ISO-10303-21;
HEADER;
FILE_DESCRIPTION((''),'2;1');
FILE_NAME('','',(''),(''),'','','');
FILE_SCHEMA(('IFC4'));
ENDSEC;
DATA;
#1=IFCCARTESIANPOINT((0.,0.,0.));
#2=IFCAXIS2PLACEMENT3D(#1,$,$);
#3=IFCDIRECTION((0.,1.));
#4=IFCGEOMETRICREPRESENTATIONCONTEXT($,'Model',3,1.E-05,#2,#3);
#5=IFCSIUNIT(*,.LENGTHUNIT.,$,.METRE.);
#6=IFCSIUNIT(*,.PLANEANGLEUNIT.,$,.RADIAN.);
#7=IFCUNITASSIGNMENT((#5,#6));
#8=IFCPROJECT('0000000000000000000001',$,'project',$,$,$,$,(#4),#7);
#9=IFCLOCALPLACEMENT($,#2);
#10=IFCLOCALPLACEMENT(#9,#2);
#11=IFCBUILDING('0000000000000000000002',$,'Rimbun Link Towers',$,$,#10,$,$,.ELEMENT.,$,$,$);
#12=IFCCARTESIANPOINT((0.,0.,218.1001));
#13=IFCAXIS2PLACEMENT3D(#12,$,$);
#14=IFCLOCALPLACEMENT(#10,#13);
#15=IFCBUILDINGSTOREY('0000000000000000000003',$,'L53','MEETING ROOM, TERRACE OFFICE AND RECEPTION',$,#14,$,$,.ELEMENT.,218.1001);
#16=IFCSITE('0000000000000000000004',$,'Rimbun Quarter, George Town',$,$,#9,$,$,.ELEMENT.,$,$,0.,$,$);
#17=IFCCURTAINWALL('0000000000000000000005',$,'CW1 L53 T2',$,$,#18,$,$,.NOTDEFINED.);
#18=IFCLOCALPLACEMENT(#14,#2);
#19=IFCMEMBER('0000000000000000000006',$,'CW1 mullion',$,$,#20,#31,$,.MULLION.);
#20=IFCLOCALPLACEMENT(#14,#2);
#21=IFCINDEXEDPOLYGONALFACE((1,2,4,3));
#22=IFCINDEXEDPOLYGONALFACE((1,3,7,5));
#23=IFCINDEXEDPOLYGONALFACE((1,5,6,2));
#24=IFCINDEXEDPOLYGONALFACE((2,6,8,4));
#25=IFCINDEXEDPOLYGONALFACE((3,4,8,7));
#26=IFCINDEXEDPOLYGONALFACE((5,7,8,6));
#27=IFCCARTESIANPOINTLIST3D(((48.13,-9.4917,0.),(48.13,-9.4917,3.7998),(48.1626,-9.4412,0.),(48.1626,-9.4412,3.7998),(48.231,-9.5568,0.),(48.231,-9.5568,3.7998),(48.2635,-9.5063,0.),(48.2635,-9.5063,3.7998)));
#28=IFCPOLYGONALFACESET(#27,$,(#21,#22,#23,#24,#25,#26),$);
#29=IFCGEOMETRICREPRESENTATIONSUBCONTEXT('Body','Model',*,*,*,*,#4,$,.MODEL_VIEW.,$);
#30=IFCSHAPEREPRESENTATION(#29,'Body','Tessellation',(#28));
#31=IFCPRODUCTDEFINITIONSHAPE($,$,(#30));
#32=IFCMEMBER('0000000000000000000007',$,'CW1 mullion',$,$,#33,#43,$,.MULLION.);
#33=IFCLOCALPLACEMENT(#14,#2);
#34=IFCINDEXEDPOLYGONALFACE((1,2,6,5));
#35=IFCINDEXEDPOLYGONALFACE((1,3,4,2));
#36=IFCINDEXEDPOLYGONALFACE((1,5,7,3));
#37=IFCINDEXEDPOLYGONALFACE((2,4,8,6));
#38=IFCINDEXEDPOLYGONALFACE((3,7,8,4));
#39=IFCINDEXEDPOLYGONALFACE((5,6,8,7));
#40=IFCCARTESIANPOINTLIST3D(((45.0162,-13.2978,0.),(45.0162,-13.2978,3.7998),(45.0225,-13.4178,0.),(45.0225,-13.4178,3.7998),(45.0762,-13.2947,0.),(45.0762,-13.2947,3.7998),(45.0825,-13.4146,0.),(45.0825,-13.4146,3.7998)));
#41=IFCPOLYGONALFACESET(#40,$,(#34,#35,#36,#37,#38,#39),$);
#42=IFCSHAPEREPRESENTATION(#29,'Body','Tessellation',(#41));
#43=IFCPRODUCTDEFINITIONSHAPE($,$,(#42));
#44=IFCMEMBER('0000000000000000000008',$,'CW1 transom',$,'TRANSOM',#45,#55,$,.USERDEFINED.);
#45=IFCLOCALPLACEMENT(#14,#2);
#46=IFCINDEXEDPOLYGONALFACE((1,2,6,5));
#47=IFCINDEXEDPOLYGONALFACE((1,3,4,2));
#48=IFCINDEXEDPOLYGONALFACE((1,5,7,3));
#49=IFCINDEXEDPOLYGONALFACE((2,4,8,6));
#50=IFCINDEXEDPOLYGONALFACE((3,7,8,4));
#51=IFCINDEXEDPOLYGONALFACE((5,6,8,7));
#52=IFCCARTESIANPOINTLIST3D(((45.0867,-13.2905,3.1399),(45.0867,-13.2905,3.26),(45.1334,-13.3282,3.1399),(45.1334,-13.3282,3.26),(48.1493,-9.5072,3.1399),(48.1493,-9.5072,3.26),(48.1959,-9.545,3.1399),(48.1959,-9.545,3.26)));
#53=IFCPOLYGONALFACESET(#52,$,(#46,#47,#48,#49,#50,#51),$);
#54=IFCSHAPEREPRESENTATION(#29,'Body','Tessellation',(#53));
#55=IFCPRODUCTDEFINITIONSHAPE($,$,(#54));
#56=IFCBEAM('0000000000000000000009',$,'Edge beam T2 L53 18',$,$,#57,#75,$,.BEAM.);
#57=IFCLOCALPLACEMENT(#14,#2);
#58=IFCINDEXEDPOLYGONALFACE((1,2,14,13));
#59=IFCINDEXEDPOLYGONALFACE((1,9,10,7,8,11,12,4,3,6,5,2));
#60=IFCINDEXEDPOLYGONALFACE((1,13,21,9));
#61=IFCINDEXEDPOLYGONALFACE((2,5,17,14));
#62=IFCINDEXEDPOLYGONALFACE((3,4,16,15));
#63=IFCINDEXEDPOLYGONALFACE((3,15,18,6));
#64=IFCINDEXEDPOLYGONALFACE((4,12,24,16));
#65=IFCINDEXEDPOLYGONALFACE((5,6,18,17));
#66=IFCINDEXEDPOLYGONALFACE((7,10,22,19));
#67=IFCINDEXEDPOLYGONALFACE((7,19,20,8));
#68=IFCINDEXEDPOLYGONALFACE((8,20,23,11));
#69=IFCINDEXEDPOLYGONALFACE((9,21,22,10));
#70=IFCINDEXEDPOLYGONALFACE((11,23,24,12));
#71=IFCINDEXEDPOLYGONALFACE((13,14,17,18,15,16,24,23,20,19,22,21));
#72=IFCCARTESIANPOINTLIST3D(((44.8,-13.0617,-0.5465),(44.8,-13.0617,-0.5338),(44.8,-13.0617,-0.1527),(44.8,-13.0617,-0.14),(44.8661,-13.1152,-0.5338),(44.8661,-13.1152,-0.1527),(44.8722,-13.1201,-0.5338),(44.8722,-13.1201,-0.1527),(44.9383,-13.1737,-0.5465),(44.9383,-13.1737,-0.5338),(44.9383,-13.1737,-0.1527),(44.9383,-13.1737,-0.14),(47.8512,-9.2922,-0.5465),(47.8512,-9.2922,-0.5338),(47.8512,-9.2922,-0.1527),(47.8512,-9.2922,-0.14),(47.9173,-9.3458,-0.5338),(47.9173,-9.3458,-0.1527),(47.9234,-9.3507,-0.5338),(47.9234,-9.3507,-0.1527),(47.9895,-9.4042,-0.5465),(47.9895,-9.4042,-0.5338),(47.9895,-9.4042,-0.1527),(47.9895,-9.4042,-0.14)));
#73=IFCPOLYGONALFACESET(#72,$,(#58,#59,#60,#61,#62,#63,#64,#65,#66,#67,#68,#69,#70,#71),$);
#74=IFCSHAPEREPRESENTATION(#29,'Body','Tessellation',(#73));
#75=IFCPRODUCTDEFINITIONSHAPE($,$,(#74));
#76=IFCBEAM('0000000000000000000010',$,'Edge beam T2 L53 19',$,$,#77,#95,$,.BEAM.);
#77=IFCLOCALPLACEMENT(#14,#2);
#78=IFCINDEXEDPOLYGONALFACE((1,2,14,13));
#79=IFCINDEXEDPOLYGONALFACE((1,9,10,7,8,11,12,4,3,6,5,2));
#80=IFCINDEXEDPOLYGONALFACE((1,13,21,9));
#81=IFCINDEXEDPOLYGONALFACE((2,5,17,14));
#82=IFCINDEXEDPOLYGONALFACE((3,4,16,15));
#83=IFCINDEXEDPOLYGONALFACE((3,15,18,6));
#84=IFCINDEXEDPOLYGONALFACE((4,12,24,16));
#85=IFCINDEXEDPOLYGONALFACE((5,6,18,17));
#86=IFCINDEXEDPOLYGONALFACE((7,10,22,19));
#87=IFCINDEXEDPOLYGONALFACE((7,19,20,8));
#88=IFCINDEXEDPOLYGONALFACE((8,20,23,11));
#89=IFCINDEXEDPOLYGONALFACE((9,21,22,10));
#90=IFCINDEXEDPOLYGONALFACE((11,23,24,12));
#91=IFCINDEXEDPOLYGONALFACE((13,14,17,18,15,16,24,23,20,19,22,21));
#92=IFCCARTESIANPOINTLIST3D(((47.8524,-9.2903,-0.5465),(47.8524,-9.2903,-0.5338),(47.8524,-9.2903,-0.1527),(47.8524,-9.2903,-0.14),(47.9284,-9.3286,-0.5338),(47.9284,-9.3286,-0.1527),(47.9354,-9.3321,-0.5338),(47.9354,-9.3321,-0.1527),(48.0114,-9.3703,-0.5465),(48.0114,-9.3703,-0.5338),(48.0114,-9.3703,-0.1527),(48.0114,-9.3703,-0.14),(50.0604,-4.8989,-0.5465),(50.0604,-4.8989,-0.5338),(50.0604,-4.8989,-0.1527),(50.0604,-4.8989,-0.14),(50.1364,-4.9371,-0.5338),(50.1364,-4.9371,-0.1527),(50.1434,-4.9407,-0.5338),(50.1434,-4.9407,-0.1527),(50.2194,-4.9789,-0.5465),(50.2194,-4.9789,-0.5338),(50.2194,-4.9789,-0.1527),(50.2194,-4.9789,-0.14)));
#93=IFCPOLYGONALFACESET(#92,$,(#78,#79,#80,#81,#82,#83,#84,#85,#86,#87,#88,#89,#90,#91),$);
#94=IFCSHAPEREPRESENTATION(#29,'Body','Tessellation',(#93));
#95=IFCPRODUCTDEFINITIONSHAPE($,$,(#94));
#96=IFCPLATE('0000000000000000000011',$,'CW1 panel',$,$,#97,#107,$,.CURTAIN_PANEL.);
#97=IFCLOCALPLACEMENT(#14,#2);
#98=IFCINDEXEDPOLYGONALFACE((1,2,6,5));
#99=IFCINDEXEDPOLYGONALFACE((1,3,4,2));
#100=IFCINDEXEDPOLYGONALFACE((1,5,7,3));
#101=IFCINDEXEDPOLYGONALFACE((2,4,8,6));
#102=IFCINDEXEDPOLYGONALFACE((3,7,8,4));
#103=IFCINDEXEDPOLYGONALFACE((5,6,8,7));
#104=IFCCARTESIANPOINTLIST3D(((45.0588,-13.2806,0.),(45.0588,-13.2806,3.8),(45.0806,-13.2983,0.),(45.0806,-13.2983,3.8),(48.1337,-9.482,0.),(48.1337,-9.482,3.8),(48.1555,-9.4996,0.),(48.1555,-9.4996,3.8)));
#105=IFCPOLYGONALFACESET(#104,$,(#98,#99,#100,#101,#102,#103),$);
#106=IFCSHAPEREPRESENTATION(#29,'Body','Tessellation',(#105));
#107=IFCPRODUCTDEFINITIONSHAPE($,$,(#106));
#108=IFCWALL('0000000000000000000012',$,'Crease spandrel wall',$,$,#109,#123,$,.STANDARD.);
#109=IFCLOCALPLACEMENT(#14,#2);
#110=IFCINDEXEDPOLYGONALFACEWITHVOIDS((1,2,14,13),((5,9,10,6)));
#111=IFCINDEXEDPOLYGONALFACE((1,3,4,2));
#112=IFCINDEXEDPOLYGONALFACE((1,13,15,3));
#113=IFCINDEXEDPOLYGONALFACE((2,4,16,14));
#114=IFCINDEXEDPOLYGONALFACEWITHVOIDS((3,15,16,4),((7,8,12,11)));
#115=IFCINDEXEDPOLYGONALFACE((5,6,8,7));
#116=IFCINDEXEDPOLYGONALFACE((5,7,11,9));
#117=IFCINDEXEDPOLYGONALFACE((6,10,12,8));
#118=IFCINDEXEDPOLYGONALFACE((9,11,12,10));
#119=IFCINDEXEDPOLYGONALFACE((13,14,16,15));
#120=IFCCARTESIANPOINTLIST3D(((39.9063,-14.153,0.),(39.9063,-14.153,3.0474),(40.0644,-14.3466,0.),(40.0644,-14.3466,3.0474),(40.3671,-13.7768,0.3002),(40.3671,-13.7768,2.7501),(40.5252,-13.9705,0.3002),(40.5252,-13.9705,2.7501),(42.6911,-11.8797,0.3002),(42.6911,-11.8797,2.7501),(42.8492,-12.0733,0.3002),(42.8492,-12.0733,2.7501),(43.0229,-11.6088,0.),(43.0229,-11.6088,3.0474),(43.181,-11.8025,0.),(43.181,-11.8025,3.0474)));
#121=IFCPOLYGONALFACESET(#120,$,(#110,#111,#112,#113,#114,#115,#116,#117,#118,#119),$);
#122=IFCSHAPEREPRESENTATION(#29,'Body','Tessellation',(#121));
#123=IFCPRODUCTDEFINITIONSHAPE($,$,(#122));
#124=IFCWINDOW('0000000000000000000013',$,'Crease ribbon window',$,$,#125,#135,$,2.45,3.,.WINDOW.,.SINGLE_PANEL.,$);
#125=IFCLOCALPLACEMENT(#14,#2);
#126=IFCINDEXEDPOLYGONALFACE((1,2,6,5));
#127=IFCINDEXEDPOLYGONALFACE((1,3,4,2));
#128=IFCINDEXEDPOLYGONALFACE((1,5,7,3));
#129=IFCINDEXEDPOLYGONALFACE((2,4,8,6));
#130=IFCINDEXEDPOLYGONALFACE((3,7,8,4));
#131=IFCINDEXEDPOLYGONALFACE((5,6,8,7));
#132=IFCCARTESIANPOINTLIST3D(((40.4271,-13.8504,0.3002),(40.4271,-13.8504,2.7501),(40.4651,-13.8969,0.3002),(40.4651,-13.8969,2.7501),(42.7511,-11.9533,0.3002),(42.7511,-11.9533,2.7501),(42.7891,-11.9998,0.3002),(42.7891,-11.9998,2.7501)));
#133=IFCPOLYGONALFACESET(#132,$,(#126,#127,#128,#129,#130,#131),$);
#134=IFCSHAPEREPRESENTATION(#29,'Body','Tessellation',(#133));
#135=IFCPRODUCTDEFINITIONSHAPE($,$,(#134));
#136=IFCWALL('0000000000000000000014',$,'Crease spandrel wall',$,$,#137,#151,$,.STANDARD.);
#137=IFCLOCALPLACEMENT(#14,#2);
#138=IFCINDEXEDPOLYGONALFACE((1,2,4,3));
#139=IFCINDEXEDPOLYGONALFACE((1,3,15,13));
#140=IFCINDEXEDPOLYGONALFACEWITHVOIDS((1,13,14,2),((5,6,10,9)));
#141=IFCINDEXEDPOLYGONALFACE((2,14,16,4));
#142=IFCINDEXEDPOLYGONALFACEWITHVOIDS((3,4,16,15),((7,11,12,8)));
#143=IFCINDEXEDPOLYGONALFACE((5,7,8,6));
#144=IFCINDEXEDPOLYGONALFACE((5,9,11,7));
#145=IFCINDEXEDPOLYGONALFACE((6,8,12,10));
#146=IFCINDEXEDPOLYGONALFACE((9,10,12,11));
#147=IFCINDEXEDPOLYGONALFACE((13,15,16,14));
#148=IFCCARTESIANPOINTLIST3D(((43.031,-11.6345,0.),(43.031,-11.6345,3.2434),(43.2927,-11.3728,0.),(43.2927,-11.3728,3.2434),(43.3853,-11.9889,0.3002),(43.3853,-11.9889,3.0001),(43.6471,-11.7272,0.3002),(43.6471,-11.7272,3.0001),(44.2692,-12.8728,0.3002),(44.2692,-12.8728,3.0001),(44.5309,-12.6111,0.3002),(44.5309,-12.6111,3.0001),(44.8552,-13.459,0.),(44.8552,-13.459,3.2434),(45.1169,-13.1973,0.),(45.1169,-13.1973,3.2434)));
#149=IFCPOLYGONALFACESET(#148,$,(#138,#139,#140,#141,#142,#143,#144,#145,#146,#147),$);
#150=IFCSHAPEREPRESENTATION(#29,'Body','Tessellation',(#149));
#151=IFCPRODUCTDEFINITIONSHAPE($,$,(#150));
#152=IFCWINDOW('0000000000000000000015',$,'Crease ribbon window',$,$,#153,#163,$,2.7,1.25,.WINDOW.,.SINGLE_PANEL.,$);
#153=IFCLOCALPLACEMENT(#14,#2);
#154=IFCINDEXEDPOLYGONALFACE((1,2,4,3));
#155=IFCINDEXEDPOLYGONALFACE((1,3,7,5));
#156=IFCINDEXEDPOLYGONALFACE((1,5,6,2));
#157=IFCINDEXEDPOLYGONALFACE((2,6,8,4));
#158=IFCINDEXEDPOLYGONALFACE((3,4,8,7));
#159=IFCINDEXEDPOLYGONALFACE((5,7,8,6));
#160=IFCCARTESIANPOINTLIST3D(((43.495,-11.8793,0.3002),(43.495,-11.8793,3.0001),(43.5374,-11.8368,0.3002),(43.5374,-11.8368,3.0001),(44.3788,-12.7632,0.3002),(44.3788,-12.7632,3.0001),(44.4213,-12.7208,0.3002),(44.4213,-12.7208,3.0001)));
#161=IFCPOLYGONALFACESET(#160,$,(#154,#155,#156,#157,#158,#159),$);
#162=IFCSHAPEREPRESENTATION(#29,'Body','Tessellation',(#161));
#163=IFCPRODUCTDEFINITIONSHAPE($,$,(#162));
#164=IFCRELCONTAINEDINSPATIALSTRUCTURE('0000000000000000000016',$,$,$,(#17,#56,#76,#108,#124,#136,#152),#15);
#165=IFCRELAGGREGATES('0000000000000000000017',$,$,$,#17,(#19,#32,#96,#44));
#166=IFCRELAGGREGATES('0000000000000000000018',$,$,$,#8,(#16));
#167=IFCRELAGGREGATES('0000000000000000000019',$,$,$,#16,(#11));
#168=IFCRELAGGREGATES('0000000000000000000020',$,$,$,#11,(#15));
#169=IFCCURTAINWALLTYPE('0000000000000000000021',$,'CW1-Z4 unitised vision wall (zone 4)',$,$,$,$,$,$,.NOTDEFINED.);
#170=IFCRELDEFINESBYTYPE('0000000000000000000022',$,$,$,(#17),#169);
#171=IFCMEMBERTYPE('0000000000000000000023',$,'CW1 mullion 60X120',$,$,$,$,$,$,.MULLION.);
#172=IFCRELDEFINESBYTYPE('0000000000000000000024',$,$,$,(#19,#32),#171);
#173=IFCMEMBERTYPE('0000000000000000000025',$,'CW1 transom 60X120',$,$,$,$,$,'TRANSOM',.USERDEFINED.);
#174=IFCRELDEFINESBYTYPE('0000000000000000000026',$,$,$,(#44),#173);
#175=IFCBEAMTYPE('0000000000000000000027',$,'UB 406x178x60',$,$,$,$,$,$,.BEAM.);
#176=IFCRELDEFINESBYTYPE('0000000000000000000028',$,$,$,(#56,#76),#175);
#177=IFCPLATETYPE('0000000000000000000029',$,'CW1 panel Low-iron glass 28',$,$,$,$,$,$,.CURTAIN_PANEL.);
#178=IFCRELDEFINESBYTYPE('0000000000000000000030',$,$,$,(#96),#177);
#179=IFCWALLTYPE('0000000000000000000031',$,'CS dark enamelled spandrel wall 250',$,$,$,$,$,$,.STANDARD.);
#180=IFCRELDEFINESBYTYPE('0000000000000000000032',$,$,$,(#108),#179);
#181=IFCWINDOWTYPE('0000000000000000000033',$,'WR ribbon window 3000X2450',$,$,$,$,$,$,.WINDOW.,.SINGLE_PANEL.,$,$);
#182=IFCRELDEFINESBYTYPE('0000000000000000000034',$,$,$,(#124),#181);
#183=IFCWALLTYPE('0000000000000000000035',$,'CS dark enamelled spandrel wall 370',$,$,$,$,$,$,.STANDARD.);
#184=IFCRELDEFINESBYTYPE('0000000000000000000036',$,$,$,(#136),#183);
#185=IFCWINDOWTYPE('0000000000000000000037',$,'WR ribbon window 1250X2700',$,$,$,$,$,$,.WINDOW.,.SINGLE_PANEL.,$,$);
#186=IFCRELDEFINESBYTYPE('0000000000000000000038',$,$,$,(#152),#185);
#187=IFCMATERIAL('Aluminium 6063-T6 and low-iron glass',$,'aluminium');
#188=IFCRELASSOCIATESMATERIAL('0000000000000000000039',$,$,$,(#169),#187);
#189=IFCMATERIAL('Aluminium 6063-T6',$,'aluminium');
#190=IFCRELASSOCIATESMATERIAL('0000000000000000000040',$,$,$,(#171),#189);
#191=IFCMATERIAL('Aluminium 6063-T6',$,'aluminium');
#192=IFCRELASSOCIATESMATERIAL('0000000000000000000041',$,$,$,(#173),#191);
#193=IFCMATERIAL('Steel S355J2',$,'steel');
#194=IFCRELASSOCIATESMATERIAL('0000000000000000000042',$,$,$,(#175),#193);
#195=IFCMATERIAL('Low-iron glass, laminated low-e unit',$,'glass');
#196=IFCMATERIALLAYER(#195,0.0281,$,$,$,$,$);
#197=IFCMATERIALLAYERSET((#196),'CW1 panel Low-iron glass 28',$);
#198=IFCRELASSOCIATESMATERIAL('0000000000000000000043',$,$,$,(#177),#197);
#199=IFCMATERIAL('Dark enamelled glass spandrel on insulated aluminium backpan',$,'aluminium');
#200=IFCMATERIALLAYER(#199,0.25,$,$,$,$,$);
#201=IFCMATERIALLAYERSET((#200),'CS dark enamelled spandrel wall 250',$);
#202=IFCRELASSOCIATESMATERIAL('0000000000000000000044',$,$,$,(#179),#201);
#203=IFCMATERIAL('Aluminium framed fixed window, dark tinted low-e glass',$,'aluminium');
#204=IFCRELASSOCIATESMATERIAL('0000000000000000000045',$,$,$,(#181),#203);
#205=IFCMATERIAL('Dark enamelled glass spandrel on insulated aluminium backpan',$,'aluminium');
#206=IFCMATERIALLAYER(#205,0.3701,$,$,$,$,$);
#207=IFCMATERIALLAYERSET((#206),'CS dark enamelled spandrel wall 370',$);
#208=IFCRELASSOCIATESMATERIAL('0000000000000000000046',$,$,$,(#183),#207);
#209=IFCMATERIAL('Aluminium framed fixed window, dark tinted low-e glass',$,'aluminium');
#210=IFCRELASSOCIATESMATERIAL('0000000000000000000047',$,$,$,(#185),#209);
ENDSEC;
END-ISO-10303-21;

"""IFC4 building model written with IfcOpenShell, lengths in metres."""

from ifc_helpers import new_model, si_unit, direction, frame, frame_2d, origin, origin_2d, place, context, subcontext, project, spatial, rectangle, i_section, extrude, material, layer, layer_set, material_profile, profile_set, type_object, element, fill, aggregate, save


model = new_model("IFC4")

# Units and contexts
model_context = context("Model", 3, precision=1e-05, world=origin(), true_north=direction((0.0, 1.0)))
body_context = subcontext(model_context, "Body", "Model", "MODEL_VIEW")
ifc_project = project(units=[si_unit("LENGTHUNIT", "METRE"), si_unit("PLANEANGLEUNIT", "RADIAN")], contexts=[model_context])

# Site, building, storey
site_placement = place(None, origin())
site = spatial("IfcSite", under=ifc_project, at=site_placement, Name="Rimbun Quarter, George Town", CompositionType="ELEMENT", RefElevation=0.0)
building_placement = place(site_placement, origin())
building = spatial("IfcBuilding", under=site, at=building_placement, Name="Rimbun Link Towers", CompositionType="ELEMENT")
storey_placement = place(building_placement, frame((0.0, 0.0, 218.1001)))
storey = spatial("IfcBuildingStorey", under=building, at=storey_placement, Name="L53", Description="MEETING ROOM, TERRACE OFFICE AND RECEPTION", CompositionType="ELEMENT", Elevation=218.1001)

# Curtain wall, members
ifc_material_1 = material(Name="Aluminium 6063-T6 and low-iron glass", Category="aluminium")
curtain_wall_type = type_object("IfcCurtainWallType", Name="CW1-Z4 unitised vision wall (zone 4)", PredefinedType="NOTDEFINED", material=ifc_material_1)
curtain_wall_placement = place(storey_placement, origin())
curtain_wall = element("IfcCurtainWall", 1, at=curtain_wall_placement, inside=storey, type_object=curtain_wall_type, Name="CW1 L53 T2", PredefinedType="NOTDEFINED")
ifc_material_2 = material(Name="Aluminium 6063-T6", Category="aluminium")
ifc_material_profile_1 = material_profile(ifc_material_2, rectangle(XDim=0.1201, YDim=0.0601, at=origin_2d()), Name="MULLION 60X120")
ifc_profile_set_1 = profile_set([ifc_material_profile_1], Name="Aluminium 6063-T6")
member_type_1 = type_object("IfcMemberType", Name="CW1 mullion 60X120", PredefinedType="MULLION", material=ifc_profile_set_1)
member_1_placement = place(storey_placement, frame((48.1968, -9.499, 0.0), z_axis=(0.0, 0.0, 1.0), x_axis=(0.840314, -0.5421, 0.0)))
member_1 = element("IfcMember", 2, at=member_1_placement, type_object=member_type_1, Name="CW1 mullion", PredefinedType="MULLION", context=body_context, shape_type="SweptSolid", body=[
    extrude(rectangle(XDim=0.1201, YDim=0.0601, at=origin_2d()), origin(), (0.0, 0.0, 1.0), 3.7998),
])
member_2_placement = place(storey_placement, frame((45.0493, -13.3562, 0.0), z_axis=(0.0, 0.0, 1.0), x_axis=(0.052431, -0.998625, 0.0)))
member_2 = element("IfcMember", 3, at=member_2_placement, type_object=member_type_1, Name="CW1 mullion", PredefinedType="MULLION", context=body_context, shape_type="SweptSolid", body=[
    extrude(rectangle(XDim=0.1201, YDim=0.0601, at=origin_2d()), origin(), (0.0, 0.0, 1.0), 3.7998),
])
ifc_material_3 = material(Name="Aluminium 6063-T6", Category="aluminium")
ifc_material_profile_2 = material_profile(ifc_material_3, rectangle(XDim=0.0601, YDim=0.1201, at=origin_2d()), Name="TRANSOM 60X120")
ifc_profile_set_2 = profile_set([ifc_material_profile_2], Name="Aluminium 6063-T6")
member_type_2 = type_object("IfcMemberType", Name="CW1 transom 60X120", ElementType="TRANSOM", PredefinedType="USERDEFINED", material=ifc_profile_set_2)
member_3_placement = place(storey_placement, frame((48.1726, -9.5261, 3.2), z_axis=(-0.629187, -0.777254, 0.0), x_axis=(0.777254, -0.629187, 0.0)))
member_3 = element("IfcMember", 4, at=member_3_placement, type_object=member_type_2, Name="CW1 transom", ObjectType="TRANSOM", PredefinedType="USERDEFINED", context=body_context, shape_type="SweptSolid", body=[
    extrude(rectangle(XDim=0.0601, YDim=0.1201, at=origin_2d()), origin(), (0.0, 0.0, 1.0), 4.8674),
])

# Beams
ifc_material_4 = material(Name="Steel S355J2", Category="steel")
ifc_material_profile_3 = material_profile(ifc_material_4, i_section(OverallWidth=0.178, OverallDepth=0.4065, WebThickness=0.0078, FlangeThickness=0.0127, at=origin_2d()), Name="UB 406x178x60")
ifc_profile_set_3 = profile_set([ifc_material_profile_3], Name="Steel S355J2")
beam_type = type_object("IfcBeamType", Name="UB 406x178x60", PredefinedType="BEAM", material=ifc_profile_set_3)
beam_1_placement = place(storey_placement, frame((44.8691, -13.1177, -0.3433), z_axis=(0.629166, 0.777271, 0.0), x_axis=(-0.777271, 0.629166, 0.0)))
element("IfcBeam", 5, at=beam_1_placement, inside=storey, type_object=beam_type, Name="Edge beam T2 L53 18", PredefinedType="BEAM", context=body_context, shape_type="SweptSolid", body=[
    extrude(i_section(OverallWidth=0.178, OverallDepth=0.4065, WebThickness=0.0078, FlangeThickness=0.0127, at=origin_2d()), origin(), (0.0, 0.0, 1.0), 4.8496),
])
beam_2_placement = place(storey_placement, frame((47.9319, -9.3303, -0.3433), z_axis=(0.449219, 0.893422, 0.0), x_axis=(-0.893422, 0.449219, 0.0)))
element("IfcBeam", 6, at=beam_2_placement, inside=storey, type_object=beam_type, Name="Edge beam T2 L53 19", PredefinedType="BEAM", context=body_context, shape_type="SweptSolid", body=[
    extrude(i_section(OverallWidth=0.178, OverallDepth=0.4065, WebThickness=0.0078, FlangeThickness=0.0127, at=origin_2d()), origin(), (0.0, 0.0, 1.0), 4.9153),
])

# Plate
ifc_material_5 = material(Name="Low-iron glass, laminated low-e unit", Category="glass")
ifc_layer_1 = layer(ifc_material_5, 0.0281)
ifc_layer_set_1 = layer_set([ifc_layer_1], Name="CW1 panel Low-iron glass 28")
plate_type = type_object("IfcPlateType", Name="CW1 panel Low-iron glass 28", PredefinedType="CURTAIN_PANEL", material=ifc_layer_set_1)
plate_placement = place(storey_placement, frame((46.6072, -11.3901, 0.0), z_axis=(0.0, 0.0, 1.0), x_axis=(-0.629172, -0.777266, 0.0)))
plate = element("IfcPlate", 7, at=plate_placement, type_object=plate_type, Name="CW1 panel", PredefinedType="CURTAIN_PANEL", context=body_context, shape_type="SweptSolid", body=[
    extrude(rectangle(XDim=4.8872, YDim=0.0281, at=origin_2d()), origin(), (0.0, 0.0, 1.0), 3.8),
])
aggregate(curtain_wall, [member_1, member_2, plate, member_3])

# Walls, openings, windows
ifc_material_6 = material(Name="Dark enamelled glass spandrel on insulated aluminium backpan", Category="aluminium")
ifc_layer_2 = layer(ifc_material_6, 0.25)
ifc_layer_set_2 = layer_set([ifc_layer_2], Name="CS dark enamelled spandrel wall 250")
wall_type_1 = type_object("IfcWallType", Name="CS dark enamelled spandrel wall 250", PredefinedType="STANDARD", material=ifc_layer_set_2)
wall_1_placement = place(storey_placement, frame((43.1021, -11.7056, 0.0), z_axis=(0.0, 0.0, 1.0), x_axis=(-0.774668, -0.632368, 0.0)))
wall_1 = element("IfcWall", 8, at=wall_1_placement, inside=storey, type_object=wall_type_1, Name="Crease spandrel wall", PredefinedType="STANDARD", context=body_context, shape_type="SweptSolid", body=[
    extrude(rectangle(XDim=4.0232, YDim=0.25, at=frame_2d((2.0117, 0.0))), origin(), (0.0, 0.0, 1.0), 3.0474),
])
opening_1_placement = place(wall_1_placement, frame((0.4285, 0.0, 0.3)))
opening_1 = element("IfcOpeningElement", 9, at=opening_1_placement, cuts=wall_1, PredefinedType="OPENING", context=body_context, shape_type="SweptSolid", body=[
    extrude(rectangle(XDim=3.0, YDim=2.45, at=frame_2d((1.5, 1.2251))), frame((0.0, 0.135, 0.0), z_axis=(0.0, -1.0, 0.0), x_axis=(1.0, 0.0, 0.0)), (0.0, 0.0, 1.0), 0.27),
])
ifc_material_7 = material(Name="Aluminium framed fixed window, dark tinted low-e glass", Category="aluminium")
window_type_1 = type_object("IfcWindowType", Name="WR ribbon window 3000X2450", PartitioningType="SINGLE_PANEL", PredefinedType="WINDOW", material=ifc_material_7)
window_1_placement = place(opening_1_placement, origin())
window_1 = element("IfcWindow", 10, at=window_1_placement, inside=storey, type_object=window_type_1, Name="Crease ribbon window", OverallHeight=2.45, OverallWidth=3.0, PartitioningType="SINGLE_PANEL", PredefinedType="WINDOW", context=body_context, shape_type="SweptSolid", body=[
    extrude(rectangle(XDim=3.0, YDim=2.45, at=frame_2d((1.5, 1.2251))), frame((0.0, 0.03, 0.0), z_axis=(0.0, -1.0, 0.0), x_axis=(1.0, 0.0, 0.0)), (0.0, 0.0, 1.0), 0.0601),
])
fill(opening_1, window_1)
ifc_material_8 = material(Name="Dark enamelled glass spandrel on insulated aluminium backpan", Category="aluminium")
ifc_layer_3 = layer(ifc_material_8, 0.3701)
ifc_layer_set_3 = layer_set([ifc_layer_3], Name="CS dark enamelled spandrel wall 370")
wall_type_2 = type_object("IfcWallType", Name="CS dark enamelled spandrel wall 370", PredefinedType="STANDARD", material=ifc_layer_set_3)
wall_2_placement = place(storey_placement, frame((44.9861, -13.3281, 0.0), z_axis=(0.0, 0.0, 1.0), x_axis=(-0.707059, 0.707154, 0.0)))
wall_2 = element("IfcWall", 11, at=wall_2_placement, inside=storey, type_object=wall_type_2, Name="Crease spandrel wall", PredefinedType="STANDARD", context=body_context, shape_type="SweptSolid", body=[
    extrude(rectangle(XDim=2.5801, YDim=0.3701, at=frame_2d((1.29, 0.0))), origin(), (0.0, 0.0, 1.0), 3.2434),
])
opening_2_placement = place(wall_2_placement, frame((0.8289, 0.0, 0.3)))
opening_2 = element("IfcOpeningElement", 12, at=opening_2_placement, cuts=wall_2, PredefinedType="OPENING", context=body_context, shape_type="SweptSolid", body=[
    extrude(rectangle(XDim=1.25, YDim=2.7, at=frame_2d((0.625, 1.3501))), frame((0.0, 0.1951, 0.0), z_axis=(0.0, -1.0, 0.0), x_axis=(1.0, 0.0, 0.0)), (0.0, 0.0, 1.0), 0.3901),
])
ifc_material_9 = material(Name="Aluminium framed fixed window, dark tinted low-e glass", Category="aluminium")
window_type_2 = type_object("IfcWindowType", Name="WR ribbon window 1250X2700", PartitioningType="SINGLE_PANEL", PredefinedType="WINDOW", material=ifc_material_9)
window_2_placement = place(opening_2_placement, origin())
window_2 = element("IfcWindow", 13, at=window_2_placement, inside=storey, type_object=window_type_2, Name="Crease ribbon window", OverallHeight=2.7, OverallWidth=1.25, PartitioningType="SINGLE_PANEL", PredefinedType="WINDOW", context=body_context, shape_type="SweptSolid", body=[
    extrude(rectangle(XDim=1.25, YDim=2.7, at=frame_2d((0.625, 1.3501))), frame((0.0, 0.03, 0.0), z_axis=(0.0, -1.0, 0.0), x_axis=(1.0, 0.0, 0.0)), (0.0, 0.0, 1.0), 0.0601),
])
fill(opening_2, window_2)

save(model, "model.ifc")
